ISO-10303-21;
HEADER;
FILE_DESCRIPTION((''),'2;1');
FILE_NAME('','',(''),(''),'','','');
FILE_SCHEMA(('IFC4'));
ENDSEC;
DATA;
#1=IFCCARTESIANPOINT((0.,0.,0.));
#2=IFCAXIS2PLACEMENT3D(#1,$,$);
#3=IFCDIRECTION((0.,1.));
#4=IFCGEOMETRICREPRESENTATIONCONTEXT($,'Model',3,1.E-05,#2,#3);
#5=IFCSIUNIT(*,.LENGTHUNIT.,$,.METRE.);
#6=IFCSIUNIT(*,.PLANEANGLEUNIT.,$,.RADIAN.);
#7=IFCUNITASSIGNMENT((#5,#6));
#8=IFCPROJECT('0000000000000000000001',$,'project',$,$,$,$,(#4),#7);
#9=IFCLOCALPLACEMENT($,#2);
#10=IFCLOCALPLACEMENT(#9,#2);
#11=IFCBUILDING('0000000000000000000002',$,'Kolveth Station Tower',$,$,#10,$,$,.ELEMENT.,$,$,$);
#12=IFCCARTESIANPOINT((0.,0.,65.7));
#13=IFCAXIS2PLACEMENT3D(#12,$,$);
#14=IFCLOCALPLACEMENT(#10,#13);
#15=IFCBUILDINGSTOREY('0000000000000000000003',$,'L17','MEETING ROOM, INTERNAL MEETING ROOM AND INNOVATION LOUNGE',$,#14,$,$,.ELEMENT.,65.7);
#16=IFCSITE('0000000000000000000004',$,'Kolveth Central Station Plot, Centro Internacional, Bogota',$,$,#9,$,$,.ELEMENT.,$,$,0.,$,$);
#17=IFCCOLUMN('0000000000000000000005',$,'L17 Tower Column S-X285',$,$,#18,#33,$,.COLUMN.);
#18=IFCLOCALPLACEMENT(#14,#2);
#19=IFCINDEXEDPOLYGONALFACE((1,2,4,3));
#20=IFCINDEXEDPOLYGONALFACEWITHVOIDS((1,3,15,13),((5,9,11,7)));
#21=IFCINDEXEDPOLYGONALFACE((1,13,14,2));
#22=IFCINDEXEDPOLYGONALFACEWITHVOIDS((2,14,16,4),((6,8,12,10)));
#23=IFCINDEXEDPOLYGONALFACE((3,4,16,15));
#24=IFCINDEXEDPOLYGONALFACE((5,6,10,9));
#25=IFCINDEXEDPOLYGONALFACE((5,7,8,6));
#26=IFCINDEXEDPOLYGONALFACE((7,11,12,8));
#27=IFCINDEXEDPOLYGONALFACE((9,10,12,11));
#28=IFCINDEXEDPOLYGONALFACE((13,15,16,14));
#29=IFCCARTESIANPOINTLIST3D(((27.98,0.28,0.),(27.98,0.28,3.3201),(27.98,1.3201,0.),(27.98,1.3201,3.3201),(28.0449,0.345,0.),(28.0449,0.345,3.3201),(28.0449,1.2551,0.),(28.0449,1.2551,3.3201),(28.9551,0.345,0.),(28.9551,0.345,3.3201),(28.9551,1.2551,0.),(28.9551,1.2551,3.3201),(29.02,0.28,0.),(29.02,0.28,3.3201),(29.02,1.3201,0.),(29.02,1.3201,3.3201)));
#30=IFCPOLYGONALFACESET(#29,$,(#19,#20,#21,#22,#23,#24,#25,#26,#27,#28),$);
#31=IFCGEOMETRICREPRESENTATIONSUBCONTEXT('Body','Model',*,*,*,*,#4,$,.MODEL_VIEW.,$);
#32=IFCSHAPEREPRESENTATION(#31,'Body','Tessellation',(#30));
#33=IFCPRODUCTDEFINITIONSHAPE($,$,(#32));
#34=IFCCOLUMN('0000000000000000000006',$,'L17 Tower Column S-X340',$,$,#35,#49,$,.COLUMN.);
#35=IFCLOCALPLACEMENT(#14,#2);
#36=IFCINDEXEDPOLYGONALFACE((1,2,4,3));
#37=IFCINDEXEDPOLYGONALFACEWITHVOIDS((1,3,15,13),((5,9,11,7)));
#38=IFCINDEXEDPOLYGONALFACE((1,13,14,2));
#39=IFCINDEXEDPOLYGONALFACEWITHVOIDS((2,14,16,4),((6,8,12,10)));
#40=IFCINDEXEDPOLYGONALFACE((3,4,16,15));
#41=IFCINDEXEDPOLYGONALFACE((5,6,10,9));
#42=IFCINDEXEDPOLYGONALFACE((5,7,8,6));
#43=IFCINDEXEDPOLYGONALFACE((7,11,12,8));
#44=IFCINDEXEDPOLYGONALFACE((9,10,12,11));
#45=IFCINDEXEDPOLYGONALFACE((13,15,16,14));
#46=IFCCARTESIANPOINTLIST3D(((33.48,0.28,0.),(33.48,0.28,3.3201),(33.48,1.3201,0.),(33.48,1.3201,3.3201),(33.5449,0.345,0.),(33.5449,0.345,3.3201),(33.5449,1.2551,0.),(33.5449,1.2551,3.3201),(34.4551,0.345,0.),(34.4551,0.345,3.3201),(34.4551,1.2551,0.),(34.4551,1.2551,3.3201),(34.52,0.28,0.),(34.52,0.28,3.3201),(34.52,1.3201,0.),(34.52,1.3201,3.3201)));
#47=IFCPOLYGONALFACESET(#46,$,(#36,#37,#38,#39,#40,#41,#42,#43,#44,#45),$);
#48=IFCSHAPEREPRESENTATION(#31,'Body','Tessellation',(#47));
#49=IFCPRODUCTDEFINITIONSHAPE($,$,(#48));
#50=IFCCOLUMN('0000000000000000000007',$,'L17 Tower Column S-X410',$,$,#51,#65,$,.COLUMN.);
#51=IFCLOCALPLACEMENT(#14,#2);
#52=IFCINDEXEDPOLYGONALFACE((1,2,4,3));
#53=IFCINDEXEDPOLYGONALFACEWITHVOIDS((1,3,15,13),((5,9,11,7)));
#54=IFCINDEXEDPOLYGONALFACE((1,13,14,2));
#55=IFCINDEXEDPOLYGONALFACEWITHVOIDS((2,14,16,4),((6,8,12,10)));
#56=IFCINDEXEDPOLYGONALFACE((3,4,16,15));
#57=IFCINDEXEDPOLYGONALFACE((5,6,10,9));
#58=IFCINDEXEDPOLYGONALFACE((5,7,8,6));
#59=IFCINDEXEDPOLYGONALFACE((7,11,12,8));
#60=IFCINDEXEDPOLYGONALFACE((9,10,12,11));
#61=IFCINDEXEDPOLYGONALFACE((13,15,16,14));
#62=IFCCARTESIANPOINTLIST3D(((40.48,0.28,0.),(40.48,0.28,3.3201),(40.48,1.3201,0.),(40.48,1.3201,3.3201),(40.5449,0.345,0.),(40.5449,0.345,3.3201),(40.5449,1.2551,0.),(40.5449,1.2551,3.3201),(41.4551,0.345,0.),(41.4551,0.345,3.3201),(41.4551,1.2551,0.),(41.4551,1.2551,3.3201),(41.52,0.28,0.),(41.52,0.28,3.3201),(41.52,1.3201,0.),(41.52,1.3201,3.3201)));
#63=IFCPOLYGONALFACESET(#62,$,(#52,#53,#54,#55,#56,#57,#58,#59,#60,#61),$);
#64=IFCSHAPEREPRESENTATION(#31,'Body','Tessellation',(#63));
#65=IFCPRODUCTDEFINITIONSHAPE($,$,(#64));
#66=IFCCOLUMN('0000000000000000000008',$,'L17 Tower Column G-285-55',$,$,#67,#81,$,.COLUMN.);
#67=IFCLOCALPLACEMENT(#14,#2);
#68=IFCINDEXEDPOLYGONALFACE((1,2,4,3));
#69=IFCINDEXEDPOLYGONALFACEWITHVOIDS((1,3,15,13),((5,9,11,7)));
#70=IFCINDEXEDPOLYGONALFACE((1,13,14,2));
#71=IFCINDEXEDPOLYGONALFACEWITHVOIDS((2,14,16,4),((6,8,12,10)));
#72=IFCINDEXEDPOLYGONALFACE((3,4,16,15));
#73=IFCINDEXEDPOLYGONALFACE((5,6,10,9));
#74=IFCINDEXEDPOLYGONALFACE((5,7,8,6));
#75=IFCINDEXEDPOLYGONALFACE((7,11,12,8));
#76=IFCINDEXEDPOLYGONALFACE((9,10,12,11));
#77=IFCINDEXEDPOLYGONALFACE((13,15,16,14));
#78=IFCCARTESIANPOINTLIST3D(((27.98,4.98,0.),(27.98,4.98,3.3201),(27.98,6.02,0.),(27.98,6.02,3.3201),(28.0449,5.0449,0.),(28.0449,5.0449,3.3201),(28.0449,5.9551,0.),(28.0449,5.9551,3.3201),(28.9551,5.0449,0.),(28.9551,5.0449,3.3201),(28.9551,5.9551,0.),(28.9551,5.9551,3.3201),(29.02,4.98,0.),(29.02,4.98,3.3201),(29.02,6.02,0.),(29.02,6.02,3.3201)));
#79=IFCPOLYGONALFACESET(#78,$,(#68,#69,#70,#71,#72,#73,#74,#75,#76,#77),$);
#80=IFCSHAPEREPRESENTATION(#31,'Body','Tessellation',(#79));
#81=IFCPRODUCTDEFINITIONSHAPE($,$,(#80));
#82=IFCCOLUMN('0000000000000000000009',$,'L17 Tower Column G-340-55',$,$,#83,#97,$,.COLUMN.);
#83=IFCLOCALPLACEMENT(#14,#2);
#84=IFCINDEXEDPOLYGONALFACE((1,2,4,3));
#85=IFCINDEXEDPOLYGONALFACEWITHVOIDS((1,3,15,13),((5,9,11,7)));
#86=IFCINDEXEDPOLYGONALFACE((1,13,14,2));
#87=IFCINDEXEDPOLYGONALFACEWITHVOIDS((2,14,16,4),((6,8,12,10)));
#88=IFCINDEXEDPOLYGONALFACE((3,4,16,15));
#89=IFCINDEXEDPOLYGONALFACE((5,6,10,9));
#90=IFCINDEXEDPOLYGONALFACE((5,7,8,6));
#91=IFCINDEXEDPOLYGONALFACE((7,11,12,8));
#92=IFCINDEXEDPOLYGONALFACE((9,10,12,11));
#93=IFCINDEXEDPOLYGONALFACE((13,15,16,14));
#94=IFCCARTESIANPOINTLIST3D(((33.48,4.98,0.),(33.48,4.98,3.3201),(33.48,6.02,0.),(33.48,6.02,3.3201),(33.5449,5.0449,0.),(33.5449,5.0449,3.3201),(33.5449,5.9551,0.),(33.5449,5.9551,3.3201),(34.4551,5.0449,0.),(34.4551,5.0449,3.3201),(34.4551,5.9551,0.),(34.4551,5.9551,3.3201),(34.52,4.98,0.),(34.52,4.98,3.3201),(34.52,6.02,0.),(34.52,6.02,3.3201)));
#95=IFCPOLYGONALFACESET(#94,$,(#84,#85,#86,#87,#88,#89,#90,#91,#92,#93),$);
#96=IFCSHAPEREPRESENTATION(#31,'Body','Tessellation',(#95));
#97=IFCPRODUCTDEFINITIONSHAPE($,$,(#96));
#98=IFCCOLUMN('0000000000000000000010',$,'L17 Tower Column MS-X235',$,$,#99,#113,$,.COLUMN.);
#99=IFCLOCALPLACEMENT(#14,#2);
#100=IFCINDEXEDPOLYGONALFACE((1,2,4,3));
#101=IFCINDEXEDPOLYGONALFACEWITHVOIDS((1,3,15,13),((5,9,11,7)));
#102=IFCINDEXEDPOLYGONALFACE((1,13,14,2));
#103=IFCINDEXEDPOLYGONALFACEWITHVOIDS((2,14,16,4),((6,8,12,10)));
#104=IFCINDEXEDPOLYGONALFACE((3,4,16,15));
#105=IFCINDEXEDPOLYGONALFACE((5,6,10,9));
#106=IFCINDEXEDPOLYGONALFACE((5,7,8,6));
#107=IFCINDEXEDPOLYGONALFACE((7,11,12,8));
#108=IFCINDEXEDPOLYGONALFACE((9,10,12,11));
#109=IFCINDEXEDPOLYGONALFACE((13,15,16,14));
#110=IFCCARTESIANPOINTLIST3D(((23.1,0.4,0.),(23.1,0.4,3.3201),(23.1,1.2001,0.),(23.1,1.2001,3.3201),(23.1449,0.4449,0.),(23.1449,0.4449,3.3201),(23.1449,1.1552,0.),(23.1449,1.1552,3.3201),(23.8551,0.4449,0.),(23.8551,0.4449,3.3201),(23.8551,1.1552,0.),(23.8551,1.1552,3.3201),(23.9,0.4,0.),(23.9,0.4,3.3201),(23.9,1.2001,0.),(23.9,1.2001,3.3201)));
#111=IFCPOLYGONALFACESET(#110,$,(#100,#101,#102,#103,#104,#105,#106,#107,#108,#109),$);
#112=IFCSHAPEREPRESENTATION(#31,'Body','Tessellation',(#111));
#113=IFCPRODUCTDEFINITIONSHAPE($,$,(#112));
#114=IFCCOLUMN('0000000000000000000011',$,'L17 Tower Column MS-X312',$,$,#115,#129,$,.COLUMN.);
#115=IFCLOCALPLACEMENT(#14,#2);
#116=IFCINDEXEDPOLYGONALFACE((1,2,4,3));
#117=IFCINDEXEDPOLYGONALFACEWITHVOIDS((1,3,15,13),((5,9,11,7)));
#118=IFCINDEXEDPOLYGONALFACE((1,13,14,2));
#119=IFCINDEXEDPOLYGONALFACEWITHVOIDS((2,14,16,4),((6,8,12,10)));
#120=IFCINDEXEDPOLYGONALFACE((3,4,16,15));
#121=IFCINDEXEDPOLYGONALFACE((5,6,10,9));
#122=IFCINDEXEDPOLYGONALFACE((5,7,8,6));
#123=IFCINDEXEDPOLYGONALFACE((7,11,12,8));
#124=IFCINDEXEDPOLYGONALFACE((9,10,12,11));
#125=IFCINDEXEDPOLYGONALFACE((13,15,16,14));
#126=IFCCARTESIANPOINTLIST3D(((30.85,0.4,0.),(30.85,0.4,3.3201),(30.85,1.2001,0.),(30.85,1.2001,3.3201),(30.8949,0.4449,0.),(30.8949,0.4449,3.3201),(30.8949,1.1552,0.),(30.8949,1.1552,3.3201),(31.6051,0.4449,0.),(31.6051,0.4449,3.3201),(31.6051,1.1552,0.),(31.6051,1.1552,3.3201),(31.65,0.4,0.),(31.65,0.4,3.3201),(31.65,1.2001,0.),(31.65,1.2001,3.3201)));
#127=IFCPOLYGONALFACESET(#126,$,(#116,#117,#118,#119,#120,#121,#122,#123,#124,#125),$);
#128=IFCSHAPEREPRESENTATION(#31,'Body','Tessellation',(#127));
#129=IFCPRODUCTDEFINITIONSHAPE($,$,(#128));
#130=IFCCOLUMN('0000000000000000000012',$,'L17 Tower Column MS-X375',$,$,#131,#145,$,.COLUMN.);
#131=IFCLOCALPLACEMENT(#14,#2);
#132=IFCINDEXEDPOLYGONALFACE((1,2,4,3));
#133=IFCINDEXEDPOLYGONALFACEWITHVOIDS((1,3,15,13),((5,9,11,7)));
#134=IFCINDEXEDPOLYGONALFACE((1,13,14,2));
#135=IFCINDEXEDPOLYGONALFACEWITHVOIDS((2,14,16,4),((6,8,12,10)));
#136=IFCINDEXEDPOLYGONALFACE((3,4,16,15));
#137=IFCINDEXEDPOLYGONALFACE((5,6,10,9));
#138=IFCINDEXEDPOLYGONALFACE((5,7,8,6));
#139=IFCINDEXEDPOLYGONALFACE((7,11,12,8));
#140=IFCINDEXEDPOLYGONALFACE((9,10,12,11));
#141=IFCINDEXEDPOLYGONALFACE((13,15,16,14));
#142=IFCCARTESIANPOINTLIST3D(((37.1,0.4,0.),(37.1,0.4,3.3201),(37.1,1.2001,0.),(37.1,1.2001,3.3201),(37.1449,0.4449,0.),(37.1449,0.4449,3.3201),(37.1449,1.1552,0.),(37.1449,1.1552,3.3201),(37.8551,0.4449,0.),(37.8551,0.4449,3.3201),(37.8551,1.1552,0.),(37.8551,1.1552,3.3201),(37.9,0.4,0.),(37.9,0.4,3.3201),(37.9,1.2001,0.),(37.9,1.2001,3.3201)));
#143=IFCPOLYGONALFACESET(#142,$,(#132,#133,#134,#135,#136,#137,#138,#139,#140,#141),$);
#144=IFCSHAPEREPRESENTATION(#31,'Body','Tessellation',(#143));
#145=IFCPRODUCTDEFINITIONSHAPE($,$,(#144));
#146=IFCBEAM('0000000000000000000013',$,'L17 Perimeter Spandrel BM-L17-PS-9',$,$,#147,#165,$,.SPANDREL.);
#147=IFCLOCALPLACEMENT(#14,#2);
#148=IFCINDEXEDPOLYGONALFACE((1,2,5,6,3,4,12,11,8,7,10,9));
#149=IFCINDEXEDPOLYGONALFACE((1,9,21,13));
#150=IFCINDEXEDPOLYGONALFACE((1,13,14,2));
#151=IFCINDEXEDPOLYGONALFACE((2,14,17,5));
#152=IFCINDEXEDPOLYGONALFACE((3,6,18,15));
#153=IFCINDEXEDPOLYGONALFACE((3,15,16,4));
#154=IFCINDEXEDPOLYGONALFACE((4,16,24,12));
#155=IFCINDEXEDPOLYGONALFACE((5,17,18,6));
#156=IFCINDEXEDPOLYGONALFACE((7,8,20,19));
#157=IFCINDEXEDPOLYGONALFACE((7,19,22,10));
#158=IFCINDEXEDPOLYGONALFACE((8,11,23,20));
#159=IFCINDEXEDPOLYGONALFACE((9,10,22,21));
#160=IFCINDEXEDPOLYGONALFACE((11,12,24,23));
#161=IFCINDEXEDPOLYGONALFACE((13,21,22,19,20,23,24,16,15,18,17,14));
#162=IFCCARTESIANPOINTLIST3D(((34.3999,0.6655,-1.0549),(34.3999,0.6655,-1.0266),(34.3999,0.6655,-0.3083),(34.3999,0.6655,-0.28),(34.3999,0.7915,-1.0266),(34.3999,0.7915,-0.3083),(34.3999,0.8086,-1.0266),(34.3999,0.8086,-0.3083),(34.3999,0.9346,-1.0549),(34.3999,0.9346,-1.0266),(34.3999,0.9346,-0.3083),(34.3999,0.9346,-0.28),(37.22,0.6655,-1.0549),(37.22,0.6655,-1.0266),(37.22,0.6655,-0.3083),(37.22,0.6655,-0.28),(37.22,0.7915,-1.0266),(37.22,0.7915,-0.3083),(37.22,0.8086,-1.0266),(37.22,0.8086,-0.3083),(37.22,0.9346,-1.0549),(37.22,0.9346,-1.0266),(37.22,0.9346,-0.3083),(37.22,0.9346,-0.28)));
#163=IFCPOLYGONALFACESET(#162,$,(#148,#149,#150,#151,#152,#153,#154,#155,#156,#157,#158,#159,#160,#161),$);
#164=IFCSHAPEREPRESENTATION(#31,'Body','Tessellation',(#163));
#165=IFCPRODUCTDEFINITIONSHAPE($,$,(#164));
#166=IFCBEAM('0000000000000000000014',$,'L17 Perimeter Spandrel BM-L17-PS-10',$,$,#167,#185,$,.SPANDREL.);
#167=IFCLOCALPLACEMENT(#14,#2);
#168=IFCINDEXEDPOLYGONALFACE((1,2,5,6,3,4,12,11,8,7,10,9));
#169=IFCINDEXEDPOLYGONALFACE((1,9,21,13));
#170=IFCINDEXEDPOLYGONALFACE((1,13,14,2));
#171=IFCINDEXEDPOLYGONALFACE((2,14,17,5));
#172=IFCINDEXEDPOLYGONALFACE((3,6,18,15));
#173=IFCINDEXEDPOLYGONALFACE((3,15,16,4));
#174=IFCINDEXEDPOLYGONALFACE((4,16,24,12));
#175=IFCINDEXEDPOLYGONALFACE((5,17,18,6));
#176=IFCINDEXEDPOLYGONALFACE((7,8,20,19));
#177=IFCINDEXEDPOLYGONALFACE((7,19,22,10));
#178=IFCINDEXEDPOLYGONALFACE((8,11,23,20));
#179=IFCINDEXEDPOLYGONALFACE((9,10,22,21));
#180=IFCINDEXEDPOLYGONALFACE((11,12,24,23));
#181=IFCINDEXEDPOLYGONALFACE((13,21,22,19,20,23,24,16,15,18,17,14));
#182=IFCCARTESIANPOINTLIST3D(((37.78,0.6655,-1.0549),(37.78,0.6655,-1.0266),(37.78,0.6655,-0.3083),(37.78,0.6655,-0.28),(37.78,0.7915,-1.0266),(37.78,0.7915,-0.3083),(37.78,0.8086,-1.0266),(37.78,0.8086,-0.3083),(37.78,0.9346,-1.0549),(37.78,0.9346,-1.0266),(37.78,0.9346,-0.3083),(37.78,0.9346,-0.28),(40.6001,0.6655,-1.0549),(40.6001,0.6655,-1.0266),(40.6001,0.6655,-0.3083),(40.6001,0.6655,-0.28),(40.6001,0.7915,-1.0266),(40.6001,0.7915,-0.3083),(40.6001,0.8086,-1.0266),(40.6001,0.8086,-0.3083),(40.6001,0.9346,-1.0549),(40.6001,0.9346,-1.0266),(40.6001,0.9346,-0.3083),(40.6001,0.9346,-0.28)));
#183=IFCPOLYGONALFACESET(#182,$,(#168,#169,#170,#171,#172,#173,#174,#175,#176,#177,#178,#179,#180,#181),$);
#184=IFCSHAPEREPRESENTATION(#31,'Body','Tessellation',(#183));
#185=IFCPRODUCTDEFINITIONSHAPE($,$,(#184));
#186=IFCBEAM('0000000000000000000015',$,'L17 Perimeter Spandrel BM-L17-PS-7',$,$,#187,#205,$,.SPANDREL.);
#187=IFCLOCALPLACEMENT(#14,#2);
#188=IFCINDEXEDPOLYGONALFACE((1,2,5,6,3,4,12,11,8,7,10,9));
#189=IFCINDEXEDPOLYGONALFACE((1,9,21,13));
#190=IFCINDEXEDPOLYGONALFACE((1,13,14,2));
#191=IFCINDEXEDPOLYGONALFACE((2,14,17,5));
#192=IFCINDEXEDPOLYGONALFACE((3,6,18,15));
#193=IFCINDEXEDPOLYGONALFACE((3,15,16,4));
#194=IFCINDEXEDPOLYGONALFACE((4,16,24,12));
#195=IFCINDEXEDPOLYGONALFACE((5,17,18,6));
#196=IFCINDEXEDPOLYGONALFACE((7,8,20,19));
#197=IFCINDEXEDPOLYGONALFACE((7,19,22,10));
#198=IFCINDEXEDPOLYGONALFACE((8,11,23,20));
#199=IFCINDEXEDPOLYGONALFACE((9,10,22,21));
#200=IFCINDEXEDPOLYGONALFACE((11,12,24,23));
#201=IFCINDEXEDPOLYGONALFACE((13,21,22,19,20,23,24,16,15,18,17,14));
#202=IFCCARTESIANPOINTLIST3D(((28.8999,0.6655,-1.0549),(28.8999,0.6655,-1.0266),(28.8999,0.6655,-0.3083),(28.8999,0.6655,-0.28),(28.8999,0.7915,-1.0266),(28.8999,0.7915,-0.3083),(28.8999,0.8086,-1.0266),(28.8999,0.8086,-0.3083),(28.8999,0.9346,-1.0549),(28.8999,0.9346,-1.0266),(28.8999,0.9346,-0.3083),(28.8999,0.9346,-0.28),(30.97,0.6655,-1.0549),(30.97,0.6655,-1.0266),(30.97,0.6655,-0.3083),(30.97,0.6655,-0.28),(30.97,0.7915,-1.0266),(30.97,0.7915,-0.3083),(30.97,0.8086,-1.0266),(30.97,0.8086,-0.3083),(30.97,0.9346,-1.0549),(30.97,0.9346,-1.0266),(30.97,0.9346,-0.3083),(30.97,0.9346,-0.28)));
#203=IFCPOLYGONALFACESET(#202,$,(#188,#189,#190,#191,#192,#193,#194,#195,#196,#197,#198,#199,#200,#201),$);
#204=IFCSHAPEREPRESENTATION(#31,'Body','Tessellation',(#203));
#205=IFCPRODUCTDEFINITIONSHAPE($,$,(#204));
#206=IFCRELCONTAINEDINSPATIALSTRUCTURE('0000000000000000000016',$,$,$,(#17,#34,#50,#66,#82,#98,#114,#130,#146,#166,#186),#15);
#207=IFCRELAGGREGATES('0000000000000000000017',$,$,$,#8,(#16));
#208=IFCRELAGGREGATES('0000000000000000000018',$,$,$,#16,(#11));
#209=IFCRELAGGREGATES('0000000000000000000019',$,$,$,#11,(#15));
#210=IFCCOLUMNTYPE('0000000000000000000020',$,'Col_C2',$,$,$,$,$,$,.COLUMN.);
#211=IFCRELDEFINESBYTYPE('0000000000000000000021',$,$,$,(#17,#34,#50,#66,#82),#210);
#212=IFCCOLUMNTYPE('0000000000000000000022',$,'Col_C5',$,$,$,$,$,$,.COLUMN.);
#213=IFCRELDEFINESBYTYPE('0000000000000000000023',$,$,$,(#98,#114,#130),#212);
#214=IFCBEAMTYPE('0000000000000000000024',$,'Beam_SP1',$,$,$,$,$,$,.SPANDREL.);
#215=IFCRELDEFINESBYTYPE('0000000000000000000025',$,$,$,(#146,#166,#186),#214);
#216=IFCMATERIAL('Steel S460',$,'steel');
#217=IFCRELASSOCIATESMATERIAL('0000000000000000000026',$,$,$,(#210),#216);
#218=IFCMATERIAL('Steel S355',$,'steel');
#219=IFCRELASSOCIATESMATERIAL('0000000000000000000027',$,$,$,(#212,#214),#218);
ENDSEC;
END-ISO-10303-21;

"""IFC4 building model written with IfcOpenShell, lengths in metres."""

from ifc_helpers import new_model, si_unit, direction, frame, origin, origin_2d, place, context, subcontext, project, spatial, hollow_rectangle, i_section, extrude, source, transform, mapped, material, material_profile, profile_set, type_object, element, save


model = new_model("IFC4")

# Units and contexts
model_context = context("Model", 3, precision=1e-05, world=origin(), true_north=direction((0.0, 1.0)))
body_context = subcontext(model_context, "Body", "Model", "MODEL_VIEW")
ifc_project = project(units=[si_unit("LENGTHUNIT", "METRE"), si_unit("PLANEANGLEUNIT", "RADIAN")], contexts=[model_context])

# Site, building, storey
site_placement = place(None, origin())
site = spatial("IfcSite", under=ifc_project, at=site_placement, Name="Kolveth Central Station Plot, Centro Internacional, Bogota", CompositionType="ELEMENT", RefElevation=0.0)
building_placement = place(site_placement, origin())
building = spatial("IfcBuilding", under=site, at=building_placement, Name="Kolveth Station Tower", CompositionType="ELEMENT")
storey_placement = place(building_placement, frame((0.0, 0.0, 65.7)))
storey = spatial("IfcBuildingStorey", under=building, at=storey_placement, Name="L17", Description="MEETING ROOM, INTERNAL MEETING ROOM AND INNOVATION LOUNGE", CompositionType="ELEMENT", Elevation=65.7)

# Columns
ifc_material_1 = material(Name="Steel S460", Category="steel")
ifc_material_profile_1 = material_profile(ifc_material_1, hollow_rectangle(XDim=1.04, YDim=1.04, WallThickness=0.0649, at=origin_2d()), Name="BOX1040x1040x65")
ifc_profile_set_1 = profile_set([ifc_material_profile_1], Name="Steel S460")
column_type_1 = type_object("IfcColumnType", Name="Col_C2", PredefinedType="COLUMN", material=ifc_profile_set_1)
shared_shape_1 = source(origin(), body_context, "Body", "SweptSolid", [
    extrude(hollow_rectangle(XDim=1.04, YDim=1.04, WallThickness=0.0649, at=origin_2d()), origin(), (0.0, 0.0, 1.0), 3.3201),
])
for number, where, z_axis, x_axis, name in (
    (1, (28.5, 0.8, 0.0), (0.0, 0.0, 1.0), (1.0, 0.0, 0.0), "L17 Tower Column S-X285"),
    (2, (34.0, 0.8, 0.0), (0.0, 0.0, 1.0), (1.0, 0.0, 0.0), "L17 Tower Column S-X340"),
    (3, (41.0, 0.8, 0.0), (0.0, 0.0, 1.0), (1.0, 0.0, 0.0), "L17 Tower Column S-X410"),
    (4, (28.5, 5.5, 0.0), (0.0, 0.0, 1.0), (1.0, 0.0, 0.0), "L17 Tower Column G-285-55"),
    (5, (34.0, 5.5, 0.0), (0.0, 0.0, 1.0), (1.0, 0.0, 0.0), "L17 Tower Column G-340-55"),
):
    element("IfcColumn", number, at=place(storey_placement, frame(where, z_axis=z_axis, x_axis=x_axis)), inside=storey, type_object=column_type_1, Name=name, PredefinedType="COLUMN", context=body_context, shape_type="MappedRepresentation", body=[
        mapped(shared_shape_1, transform((0.0, 0.0, 0.0), x_axis=(1.0, 0.0, 0.0), y_axis=(0.0, 1.0, 0.0), z_axis=(0.0, 0.0, 1.0), scale=1.0)),
    ])
ifc_material_2 = material(Name="Steel S355", Category="steel")
ifc_material_profile_2 = material_profile(ifc_material_2, hollow_rectangle(XDim=0.8, YDim=0.8, WallThickness=0.0449, at=origin_2d()), Name="BOX800x800x45")
ifc_profile_set_2 = profile_set([ifc_material_profile_2], Name="Steel S355")
column_type_2 = type_object("IfcColumnType", Name="Col_C5", PredefinedType="COLUMN", material=ifc_profile_set_2)
shared_shape_2 = source(origin(), body_context, "Body", "SweptSolid", [
    extrude(hollow_rectangle(XDim=0.8, YDim=0.8, WallThickness=0.0449, at=origin_2d()), origin(), (0.0, 0.0, 1.0), 3.3201),
])
for number, where, z_axis, x_axis, name in (
    (6, (23.5, 0.8, 0.0), (0.0, 0.0, 1.0), (1.0, 0.0, 0.0), "L17 Tower Column MS-X235"),
    (7, (31.25, 0.8, 0.0), (0.0, 0.0, 1.0), (1.0, 0.0, 0.0), "L17 Tower Column MS-X312"),
    (8, (37.5, 0.8, 0.0), (0.0, 0.0, 1.0), (1.0, 0.0, 0.0), "L17 Tower Column MS-X375"),
):
    element("IfcColumn", number, at=place(storey_placement, frame(where, z_axis=z_axis, x_axis=x_axis)), inside=storey, type_object=column_type_2, Name=name, PredefinedType="COLUMN", context=body_context, shape_type="MappedRepresentation", body=[
        mapped(shared_shape_2, transform((0.0, 0.0, 0.0), x_axis=(1.0, 0.0, 0.0), y_axis=(0.0, 1.0, 0.0), z_axis=(0.0, 0.0, 1.0), scale=1.0)),
    ])

# Beams
ifc_material_profile_3 = material_profile(ifc_material_2, i_section(OverallWidth=0.269, OverallDepth=0.7749, WebThickness=0.0171, FlangeThickness=0.0283, at=origin_2d()), Name="W760x220")
ifc_profile_set_3 = profile_set([ifc_material_profile_3], Name="Steel S355")
beam_type_1 = type_object("IfcBeamType", Name="Beam_SP1", PredefinedType="SPANDREL", material=ifc_profile_set_3)
shared_shape_3 = source(origin(), body_context, "Body", "SweptSolid", [
    extrude(i_section(OverallWidth=0.269, OverallDepth=0.7749, WebThickness=0.0171, FlangeThickness=0.0283, at=origin_2d()), origin(), (0.0, 0.0, 1.0), 2.8201),
])
for number, where, z_axis, x_axis, name in (
    (9, (34.3999, 0.8, -0.6675), (1.0, 0.0, 0.0), (0.0, 1.0, 0.0), "L17 Perimeter Spandrel BM-L17-PS-9"),
    (10, (37.78, 0.8, -0.6675), (1.0, 0.0, 0.0), (0.0, 1.0, 0.0), "L17 Perimeter Spandrel BM-L17-PS-10"),
):
    element("IfcBeam", number, at=place(storey_placement, frame(where, z_axis=z_axis, x_axis=x_axis)), inside=storey, type_object=beam_type_1, Name=name, PredefinedType="SPANDREL", context=body_context, shape_type="MappedRepresentation", body=[
        mapped(shared_shape_3, transform((0.0, 0.0, 0.0), x_axis=(1.0, 0.0, 0.0), y_axis=(0.0, 1.0, 0.0), z_axis=(0.0, 0.0, 1.0), scale=1.0)),
    ])
shared_shape_4 = source(origin(), body_context, "Body", "SweptSolid", [
    extrude(i_section(OverallWidth=0.269, OverallDepth=0.7749, WebThickness=0.0171, FlangeThickness=0.0283, at=origin_2d()), origin(), (0.0, 0.0, 1.0), 2.0701),
])
for number, where, z_axis, x_axis, name in (
    (11, (28.8999, 0.8, -0.6675), (1.0, 0.0, 0.0), (0.0, 1.0, 0.0), "L17 Perimeter Spandrel BM-L17-PS-7"),
):
    element("IfcBeam", number, at=place(storey_placement, frame(where, z_axis=z_axis, x_axis=x_axis)), inside=storey, type_object=beam_type_1, Name=name, PredefinedType="SPANDREL", context=body_context, shape_type="MappedRepresentation", body=[
        mapped(shared_shape_4, transform((0.0, 0.0, 0.0), x_axis=(1.0, 0.0, 0.0), y_axis=(0.0, 1.0, 0.0), z_axis=(0.0, 0.0, 1.0), scale=1.0)),
    ])

save(model, "model.ifc")
